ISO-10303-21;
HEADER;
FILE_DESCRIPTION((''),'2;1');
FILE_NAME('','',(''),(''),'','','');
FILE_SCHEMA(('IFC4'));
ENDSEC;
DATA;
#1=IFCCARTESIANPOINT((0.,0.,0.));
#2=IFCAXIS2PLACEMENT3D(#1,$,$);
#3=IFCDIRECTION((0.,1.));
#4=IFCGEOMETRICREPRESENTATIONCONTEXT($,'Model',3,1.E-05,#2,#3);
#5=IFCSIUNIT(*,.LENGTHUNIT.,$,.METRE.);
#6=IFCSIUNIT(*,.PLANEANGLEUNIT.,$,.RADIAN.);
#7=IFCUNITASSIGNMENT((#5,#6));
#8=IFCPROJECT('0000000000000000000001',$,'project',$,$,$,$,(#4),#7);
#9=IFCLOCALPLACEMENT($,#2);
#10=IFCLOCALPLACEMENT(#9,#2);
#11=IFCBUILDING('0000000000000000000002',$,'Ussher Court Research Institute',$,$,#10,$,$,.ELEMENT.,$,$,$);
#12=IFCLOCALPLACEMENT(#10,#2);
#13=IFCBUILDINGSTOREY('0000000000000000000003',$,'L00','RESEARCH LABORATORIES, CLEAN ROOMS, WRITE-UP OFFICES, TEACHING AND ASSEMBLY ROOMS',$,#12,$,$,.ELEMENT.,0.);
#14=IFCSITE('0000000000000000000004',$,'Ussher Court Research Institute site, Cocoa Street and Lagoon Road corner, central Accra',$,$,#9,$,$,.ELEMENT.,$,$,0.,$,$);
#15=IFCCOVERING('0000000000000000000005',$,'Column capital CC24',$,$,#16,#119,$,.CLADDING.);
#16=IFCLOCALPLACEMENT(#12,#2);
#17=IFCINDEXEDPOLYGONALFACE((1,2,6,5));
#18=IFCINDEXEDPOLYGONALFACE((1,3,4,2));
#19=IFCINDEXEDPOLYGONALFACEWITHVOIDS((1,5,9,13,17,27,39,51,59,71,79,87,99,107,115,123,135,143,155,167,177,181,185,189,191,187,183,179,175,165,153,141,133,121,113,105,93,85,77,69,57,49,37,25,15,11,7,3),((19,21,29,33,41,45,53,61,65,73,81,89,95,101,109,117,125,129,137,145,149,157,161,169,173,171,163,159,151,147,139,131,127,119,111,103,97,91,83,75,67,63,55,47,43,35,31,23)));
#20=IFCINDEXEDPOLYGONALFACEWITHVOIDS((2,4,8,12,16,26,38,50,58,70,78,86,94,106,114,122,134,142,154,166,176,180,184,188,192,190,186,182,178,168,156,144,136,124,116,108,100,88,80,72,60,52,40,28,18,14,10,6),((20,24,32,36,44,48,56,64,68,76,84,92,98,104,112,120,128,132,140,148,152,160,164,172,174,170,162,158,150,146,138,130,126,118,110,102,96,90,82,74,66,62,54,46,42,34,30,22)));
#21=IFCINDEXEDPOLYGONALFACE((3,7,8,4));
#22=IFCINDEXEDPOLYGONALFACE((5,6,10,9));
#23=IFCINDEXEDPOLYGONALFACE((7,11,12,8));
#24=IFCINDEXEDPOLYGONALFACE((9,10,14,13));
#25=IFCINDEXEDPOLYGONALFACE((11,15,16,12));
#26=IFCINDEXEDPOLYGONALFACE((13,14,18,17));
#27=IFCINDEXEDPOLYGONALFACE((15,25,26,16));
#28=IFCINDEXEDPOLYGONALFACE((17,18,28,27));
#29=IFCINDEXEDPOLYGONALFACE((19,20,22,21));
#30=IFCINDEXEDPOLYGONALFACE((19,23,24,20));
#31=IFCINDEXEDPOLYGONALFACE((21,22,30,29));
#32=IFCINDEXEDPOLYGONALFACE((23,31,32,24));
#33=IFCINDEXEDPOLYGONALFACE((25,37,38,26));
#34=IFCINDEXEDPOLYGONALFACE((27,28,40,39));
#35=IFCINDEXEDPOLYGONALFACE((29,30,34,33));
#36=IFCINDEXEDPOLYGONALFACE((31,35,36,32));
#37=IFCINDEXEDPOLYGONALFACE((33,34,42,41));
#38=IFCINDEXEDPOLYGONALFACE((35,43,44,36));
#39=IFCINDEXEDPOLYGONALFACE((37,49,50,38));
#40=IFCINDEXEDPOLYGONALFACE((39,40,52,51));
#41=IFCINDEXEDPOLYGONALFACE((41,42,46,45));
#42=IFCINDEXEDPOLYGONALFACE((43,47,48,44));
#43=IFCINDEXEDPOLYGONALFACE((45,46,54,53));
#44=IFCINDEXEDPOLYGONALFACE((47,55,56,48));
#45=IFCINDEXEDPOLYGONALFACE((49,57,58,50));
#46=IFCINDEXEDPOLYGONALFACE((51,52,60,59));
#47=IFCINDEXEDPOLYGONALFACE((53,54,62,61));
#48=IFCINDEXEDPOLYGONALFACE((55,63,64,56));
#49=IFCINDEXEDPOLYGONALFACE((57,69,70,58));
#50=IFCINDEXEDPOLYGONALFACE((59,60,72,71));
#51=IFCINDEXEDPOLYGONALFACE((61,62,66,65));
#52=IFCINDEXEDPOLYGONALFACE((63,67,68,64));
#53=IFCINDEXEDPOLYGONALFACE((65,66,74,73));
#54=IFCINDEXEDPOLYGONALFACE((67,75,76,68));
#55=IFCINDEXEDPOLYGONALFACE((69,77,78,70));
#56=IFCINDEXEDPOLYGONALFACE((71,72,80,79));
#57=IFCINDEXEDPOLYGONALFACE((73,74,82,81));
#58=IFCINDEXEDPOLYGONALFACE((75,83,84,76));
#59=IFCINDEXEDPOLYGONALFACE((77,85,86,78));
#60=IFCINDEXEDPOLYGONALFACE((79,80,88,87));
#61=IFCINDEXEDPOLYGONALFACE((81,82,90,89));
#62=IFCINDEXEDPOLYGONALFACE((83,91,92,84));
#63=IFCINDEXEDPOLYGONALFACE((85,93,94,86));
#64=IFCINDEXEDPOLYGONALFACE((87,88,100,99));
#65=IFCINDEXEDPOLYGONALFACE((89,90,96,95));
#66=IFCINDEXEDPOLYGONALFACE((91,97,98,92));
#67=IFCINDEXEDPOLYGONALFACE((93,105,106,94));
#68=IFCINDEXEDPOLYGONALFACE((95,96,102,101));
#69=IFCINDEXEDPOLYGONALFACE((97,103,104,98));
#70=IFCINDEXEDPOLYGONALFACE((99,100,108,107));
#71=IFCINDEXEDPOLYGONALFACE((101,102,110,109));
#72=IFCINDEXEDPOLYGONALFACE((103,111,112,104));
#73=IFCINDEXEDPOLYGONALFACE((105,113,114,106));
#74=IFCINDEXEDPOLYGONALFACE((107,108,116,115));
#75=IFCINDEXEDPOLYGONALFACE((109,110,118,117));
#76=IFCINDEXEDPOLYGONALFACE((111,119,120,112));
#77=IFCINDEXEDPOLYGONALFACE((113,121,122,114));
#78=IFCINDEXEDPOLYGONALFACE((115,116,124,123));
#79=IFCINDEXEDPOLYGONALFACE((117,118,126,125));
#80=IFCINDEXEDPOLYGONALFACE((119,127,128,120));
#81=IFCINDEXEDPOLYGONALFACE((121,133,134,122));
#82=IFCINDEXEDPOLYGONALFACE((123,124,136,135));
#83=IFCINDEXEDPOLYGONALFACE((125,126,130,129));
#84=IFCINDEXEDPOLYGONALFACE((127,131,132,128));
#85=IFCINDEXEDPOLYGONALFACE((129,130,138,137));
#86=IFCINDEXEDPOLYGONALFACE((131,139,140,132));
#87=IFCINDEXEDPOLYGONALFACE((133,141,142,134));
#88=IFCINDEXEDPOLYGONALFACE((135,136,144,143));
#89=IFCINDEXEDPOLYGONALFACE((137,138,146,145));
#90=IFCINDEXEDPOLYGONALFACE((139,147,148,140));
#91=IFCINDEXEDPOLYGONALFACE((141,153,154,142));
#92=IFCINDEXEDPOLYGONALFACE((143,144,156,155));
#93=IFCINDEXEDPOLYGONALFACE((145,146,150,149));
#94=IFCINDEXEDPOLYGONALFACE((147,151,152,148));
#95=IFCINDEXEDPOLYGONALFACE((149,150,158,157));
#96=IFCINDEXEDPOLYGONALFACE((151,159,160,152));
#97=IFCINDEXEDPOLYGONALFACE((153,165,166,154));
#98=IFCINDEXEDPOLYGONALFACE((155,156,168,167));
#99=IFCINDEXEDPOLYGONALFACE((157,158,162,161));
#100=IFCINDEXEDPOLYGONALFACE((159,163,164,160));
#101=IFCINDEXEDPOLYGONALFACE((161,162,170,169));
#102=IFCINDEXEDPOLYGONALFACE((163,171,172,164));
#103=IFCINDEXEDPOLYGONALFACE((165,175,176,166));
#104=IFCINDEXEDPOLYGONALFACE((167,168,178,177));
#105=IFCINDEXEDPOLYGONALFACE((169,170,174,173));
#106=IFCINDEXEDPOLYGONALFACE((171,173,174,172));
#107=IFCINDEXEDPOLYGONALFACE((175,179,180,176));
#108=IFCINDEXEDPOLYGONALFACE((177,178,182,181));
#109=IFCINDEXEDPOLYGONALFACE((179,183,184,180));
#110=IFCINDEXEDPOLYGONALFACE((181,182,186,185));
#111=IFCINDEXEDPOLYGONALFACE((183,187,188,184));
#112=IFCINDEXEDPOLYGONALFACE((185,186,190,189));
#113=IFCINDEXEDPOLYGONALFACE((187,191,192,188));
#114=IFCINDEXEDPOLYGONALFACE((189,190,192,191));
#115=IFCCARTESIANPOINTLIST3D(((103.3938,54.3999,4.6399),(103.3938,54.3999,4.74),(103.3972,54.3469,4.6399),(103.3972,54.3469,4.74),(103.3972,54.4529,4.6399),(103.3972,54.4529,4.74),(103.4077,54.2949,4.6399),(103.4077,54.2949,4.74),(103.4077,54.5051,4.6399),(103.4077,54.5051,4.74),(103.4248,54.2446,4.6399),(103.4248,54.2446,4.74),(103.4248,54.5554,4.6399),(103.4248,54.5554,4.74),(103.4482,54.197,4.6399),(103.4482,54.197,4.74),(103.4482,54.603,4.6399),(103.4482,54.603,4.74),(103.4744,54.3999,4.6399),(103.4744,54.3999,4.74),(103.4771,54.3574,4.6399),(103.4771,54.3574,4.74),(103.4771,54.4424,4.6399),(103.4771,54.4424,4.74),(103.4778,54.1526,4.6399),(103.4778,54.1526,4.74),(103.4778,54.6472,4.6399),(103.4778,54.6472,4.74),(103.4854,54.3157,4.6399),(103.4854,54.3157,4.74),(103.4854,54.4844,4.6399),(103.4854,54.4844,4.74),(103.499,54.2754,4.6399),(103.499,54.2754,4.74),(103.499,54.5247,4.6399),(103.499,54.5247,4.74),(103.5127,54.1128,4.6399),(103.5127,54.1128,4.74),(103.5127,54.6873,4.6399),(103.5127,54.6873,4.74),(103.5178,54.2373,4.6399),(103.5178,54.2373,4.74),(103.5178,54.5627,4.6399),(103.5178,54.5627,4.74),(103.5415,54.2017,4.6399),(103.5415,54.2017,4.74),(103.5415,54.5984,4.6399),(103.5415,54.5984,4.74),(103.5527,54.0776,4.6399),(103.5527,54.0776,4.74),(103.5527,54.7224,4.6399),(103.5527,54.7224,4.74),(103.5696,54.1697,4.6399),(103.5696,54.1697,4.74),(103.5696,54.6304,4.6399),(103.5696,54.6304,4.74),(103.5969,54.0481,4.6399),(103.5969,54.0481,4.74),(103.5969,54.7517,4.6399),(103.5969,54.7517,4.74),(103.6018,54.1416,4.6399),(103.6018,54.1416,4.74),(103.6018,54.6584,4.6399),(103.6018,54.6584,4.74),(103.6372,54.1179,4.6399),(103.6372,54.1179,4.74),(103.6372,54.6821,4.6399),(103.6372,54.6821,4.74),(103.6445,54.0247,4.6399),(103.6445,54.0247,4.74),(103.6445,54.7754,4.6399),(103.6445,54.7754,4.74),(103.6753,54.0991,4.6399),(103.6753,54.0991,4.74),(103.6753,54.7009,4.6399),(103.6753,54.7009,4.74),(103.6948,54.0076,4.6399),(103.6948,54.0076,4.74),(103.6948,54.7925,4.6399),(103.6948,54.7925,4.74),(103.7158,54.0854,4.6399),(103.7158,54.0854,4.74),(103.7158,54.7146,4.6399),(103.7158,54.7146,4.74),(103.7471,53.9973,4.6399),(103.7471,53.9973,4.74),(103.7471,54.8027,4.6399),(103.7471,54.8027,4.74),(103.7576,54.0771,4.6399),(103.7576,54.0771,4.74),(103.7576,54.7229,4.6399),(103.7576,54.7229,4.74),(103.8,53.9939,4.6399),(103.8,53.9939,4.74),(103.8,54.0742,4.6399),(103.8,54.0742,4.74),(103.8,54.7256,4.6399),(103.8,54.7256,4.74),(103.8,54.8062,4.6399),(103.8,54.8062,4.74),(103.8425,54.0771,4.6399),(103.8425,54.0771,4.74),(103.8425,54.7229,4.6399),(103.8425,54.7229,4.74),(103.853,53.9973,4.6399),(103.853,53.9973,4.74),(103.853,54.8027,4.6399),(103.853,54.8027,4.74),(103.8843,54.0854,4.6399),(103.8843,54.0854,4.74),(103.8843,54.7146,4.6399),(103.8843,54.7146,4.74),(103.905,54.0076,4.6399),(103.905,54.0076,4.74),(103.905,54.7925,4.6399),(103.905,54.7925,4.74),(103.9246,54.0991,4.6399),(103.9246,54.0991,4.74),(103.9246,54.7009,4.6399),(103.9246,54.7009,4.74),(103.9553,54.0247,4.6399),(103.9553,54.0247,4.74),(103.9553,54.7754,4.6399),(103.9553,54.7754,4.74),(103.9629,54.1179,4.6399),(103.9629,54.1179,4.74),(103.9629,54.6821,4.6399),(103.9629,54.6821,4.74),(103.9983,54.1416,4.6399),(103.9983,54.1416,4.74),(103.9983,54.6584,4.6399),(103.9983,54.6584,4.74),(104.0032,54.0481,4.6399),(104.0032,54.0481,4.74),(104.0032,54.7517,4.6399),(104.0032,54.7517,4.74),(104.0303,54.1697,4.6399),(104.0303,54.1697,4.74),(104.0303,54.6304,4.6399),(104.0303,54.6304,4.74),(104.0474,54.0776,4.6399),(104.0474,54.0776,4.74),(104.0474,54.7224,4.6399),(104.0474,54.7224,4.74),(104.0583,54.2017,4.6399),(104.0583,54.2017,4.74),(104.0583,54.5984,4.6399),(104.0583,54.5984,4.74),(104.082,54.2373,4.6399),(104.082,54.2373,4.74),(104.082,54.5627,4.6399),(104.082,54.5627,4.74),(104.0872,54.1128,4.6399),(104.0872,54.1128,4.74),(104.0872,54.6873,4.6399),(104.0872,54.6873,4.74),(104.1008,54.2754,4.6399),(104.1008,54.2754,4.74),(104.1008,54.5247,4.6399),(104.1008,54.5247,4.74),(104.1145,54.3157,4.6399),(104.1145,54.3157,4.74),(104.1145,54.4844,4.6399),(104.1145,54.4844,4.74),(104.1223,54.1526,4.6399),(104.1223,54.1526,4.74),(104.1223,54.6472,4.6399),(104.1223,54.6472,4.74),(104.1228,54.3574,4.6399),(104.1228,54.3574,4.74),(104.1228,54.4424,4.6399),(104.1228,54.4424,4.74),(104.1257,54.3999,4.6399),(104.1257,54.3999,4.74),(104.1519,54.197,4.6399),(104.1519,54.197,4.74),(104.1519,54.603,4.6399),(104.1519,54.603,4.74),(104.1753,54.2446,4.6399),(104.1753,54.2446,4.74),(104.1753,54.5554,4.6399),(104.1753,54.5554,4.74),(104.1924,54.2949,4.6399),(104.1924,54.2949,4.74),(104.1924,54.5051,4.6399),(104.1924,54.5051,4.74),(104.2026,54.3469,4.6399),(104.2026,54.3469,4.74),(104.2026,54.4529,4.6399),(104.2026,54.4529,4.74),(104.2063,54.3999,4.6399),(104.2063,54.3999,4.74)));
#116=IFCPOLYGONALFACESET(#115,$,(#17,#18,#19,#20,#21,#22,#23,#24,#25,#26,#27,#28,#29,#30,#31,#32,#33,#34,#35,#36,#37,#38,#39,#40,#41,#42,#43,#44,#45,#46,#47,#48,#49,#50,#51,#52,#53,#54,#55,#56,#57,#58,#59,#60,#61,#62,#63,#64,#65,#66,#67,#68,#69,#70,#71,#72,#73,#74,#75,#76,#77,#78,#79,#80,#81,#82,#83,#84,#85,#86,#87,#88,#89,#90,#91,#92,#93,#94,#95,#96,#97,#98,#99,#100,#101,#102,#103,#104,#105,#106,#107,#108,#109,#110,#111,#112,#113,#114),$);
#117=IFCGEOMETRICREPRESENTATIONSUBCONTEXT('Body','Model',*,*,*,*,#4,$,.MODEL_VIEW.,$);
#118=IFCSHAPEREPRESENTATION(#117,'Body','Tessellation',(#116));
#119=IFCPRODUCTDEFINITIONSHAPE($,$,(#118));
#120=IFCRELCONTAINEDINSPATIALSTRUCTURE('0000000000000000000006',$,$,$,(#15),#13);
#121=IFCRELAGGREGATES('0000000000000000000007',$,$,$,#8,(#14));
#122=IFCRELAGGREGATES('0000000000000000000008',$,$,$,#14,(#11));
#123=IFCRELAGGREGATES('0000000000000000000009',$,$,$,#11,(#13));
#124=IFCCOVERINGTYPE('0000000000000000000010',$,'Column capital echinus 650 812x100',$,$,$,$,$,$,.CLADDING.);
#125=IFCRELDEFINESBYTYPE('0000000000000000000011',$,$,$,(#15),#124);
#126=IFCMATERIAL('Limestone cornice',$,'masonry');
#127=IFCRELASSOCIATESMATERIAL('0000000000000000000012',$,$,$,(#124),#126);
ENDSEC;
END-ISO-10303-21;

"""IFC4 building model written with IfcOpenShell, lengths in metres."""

from ifc_helpers import new_model, si_unit, direction, frame, origin, place, context, subcontext, project, spatial, polyline, outline, extrude, material, type_object, element, save


model = new_model("IFC4")

# Units and contexts
model_context = context("Model", 3, precision=1e-05, world=origin(), true_north=direction((0.0, 1.0)))
body_context = subcontext(model_context, "Body", "Model", "MODEL_VIEW")
ifc_project = project(units=[si_unit("LENGTHUNIT", "METRE"), si_unit("PLANEANGLEUNIT", "RADIAN")], contexts=[model_context])

# Site, building, storey
site_placement = place(None, origin())
site = spatial("IfcSite", under=ifc_project, at=site_placement, Name="Ussher Court Research Institute site, Cocoa Street and Lagoon Road corner, central Accra", CompositionType="ELEMENT", RefElevation=0.0)
building_placement = place(site_placement, origin())
building = spatial("IfcBuilding", under=site, at=building_placement, Name="Ussher Court Research Institute", CompositionType="ELEMENT")
storey_placement = place(building_placement, origin())
storey = spatial("IfcBuildingStorey", under=building, at=storey_placement, Name="L00", Description="RESEARCH LABORATORIES, CLEAN ROOMS, WRITE-UP OFFICES, TEACHING AND ASSEMBLY ROOMS", CompositionType="ELEMENT", Elevation=0.0)

# Covering
ifc_material_1 = material(Name="Limestone cornice", Category="masonry")
covering_type_1 = type_object("IfcCoveringType", Name="Column capital echinus 650 812x100", PredefinedType="CLADDING", material=ifc_material_1)
covering_1_placement = place(storey_placement, frame((0.0, 0.0, 4.6399)))
element("IfcCovering", 1, at=covering_1_placement, inside=storey, type_object=covering_type_1, Name="Column capital CC24", PredefinedType="CLADDING", context=body_context, shape_type="SweptSolid", body=[
    extrude(outline(polyline([(104.2063, 54.3999), (104.2026, 54.4529), (104.1924, 54.5051), (104.1753, 54.5554), (104.1519, 54.603), (104.1223, 54.6472), (104.0872, 54.6873), (104.0474, 54.7224), (104.0032, 54.7517), (103.9553, 54.7754), (103.905, 54.7925), (103.853, 54.8027), (103.8, 54.8062), (103.7471, 54.8027), (103.6948, 54.7925), (103.6445, 54.7754), (103.5969, 54.7517), (103.5527, 54.7224), (103.5127, 54.6873), (103.4778, 54.6472), (103.4482, 54.603), (103.4248, 54.5554), (103.4077, 54.5051), (103.3972, 54.4529), (103.3938, 54.3999), (103.3972, 54.3469), (103.4077, 54.2949), (103.4248, 54.2446), (103.4482, 54.197), (103.4778, 54.1526), (103.5127, 54.1128), (103.5527, 54.0776), (103.5969, 54.0481), (103.6445, 54.0247), (103.6948, 54.0076), (103.7471, 53.9973), (103.8, 53.9939), (103.853, 53.9973), (103.905, 54.0076), (103.9553, 54.0247), (104.0032, 54.0481), (104.0474, 54.0776), (104.0872, 54.1128), (104.1223, 54.1526), (104.1519, 54.197), (104.1753, 54.2446), (104.1924, 54.2949), (104.2026, 54.3469), (104.2063, 54.3999)]), holes=[polyline([(104.1257, 54.3999), (104.1228, 54.4424), (104.1145, 54.4844), (104.1008, 54.5247), (104.082, 54.5627), (104.0583, 54.5984), (104.0303, 54.6304), (103.9983, 54.6584), (103.9629, 54.6821), (103.9246, 54.7009), (103.8843, 54.7146), (103.8425, 54.7229), (103.8, 54.7256), (103.7576, 54.7229), (103.7158, 54.7146), (103.6753, 54.7009), (103.6372, 54.6821), (103.6018, 54.6584), (103.5696, 54.6304), (103.5415, 54.5984), (103.5178, 54.5627), (103.499, 54.5247), (103.4854, 54.4844), (103.4771, 54.4424), (103.4744, 54.3999), (103.4771, 54.3574), (103.4854, 54.3157), (103.499, 54.2754), (103.5178, 54.2373), (103.5415, 54.2017), (103.5696, 54.1697), (103.6018, 54.1416), (103.6372, 54.1179), (103.6753, 54.0991), (103.7158, 54.0854), (103.7576, 54.0771), (103.8, 54.0742), (103.8425, 54.0771), (103.8843, 54.0854), (103.9246, 54.0991), (103.9629, 54.1179), (103.9983, 54.1416), (104.0303, 54.1697), (104.0583, 54.2017), (104.082, 54.2373), (104.1008, 54.2754), (104.1145, 54.3157), (104.1228, 54.3574), (104.1257, 54.3999)])]), origin(), (0.0, 0.0, 1.0), 0.1001),
])

save(model, "model.ifc")
